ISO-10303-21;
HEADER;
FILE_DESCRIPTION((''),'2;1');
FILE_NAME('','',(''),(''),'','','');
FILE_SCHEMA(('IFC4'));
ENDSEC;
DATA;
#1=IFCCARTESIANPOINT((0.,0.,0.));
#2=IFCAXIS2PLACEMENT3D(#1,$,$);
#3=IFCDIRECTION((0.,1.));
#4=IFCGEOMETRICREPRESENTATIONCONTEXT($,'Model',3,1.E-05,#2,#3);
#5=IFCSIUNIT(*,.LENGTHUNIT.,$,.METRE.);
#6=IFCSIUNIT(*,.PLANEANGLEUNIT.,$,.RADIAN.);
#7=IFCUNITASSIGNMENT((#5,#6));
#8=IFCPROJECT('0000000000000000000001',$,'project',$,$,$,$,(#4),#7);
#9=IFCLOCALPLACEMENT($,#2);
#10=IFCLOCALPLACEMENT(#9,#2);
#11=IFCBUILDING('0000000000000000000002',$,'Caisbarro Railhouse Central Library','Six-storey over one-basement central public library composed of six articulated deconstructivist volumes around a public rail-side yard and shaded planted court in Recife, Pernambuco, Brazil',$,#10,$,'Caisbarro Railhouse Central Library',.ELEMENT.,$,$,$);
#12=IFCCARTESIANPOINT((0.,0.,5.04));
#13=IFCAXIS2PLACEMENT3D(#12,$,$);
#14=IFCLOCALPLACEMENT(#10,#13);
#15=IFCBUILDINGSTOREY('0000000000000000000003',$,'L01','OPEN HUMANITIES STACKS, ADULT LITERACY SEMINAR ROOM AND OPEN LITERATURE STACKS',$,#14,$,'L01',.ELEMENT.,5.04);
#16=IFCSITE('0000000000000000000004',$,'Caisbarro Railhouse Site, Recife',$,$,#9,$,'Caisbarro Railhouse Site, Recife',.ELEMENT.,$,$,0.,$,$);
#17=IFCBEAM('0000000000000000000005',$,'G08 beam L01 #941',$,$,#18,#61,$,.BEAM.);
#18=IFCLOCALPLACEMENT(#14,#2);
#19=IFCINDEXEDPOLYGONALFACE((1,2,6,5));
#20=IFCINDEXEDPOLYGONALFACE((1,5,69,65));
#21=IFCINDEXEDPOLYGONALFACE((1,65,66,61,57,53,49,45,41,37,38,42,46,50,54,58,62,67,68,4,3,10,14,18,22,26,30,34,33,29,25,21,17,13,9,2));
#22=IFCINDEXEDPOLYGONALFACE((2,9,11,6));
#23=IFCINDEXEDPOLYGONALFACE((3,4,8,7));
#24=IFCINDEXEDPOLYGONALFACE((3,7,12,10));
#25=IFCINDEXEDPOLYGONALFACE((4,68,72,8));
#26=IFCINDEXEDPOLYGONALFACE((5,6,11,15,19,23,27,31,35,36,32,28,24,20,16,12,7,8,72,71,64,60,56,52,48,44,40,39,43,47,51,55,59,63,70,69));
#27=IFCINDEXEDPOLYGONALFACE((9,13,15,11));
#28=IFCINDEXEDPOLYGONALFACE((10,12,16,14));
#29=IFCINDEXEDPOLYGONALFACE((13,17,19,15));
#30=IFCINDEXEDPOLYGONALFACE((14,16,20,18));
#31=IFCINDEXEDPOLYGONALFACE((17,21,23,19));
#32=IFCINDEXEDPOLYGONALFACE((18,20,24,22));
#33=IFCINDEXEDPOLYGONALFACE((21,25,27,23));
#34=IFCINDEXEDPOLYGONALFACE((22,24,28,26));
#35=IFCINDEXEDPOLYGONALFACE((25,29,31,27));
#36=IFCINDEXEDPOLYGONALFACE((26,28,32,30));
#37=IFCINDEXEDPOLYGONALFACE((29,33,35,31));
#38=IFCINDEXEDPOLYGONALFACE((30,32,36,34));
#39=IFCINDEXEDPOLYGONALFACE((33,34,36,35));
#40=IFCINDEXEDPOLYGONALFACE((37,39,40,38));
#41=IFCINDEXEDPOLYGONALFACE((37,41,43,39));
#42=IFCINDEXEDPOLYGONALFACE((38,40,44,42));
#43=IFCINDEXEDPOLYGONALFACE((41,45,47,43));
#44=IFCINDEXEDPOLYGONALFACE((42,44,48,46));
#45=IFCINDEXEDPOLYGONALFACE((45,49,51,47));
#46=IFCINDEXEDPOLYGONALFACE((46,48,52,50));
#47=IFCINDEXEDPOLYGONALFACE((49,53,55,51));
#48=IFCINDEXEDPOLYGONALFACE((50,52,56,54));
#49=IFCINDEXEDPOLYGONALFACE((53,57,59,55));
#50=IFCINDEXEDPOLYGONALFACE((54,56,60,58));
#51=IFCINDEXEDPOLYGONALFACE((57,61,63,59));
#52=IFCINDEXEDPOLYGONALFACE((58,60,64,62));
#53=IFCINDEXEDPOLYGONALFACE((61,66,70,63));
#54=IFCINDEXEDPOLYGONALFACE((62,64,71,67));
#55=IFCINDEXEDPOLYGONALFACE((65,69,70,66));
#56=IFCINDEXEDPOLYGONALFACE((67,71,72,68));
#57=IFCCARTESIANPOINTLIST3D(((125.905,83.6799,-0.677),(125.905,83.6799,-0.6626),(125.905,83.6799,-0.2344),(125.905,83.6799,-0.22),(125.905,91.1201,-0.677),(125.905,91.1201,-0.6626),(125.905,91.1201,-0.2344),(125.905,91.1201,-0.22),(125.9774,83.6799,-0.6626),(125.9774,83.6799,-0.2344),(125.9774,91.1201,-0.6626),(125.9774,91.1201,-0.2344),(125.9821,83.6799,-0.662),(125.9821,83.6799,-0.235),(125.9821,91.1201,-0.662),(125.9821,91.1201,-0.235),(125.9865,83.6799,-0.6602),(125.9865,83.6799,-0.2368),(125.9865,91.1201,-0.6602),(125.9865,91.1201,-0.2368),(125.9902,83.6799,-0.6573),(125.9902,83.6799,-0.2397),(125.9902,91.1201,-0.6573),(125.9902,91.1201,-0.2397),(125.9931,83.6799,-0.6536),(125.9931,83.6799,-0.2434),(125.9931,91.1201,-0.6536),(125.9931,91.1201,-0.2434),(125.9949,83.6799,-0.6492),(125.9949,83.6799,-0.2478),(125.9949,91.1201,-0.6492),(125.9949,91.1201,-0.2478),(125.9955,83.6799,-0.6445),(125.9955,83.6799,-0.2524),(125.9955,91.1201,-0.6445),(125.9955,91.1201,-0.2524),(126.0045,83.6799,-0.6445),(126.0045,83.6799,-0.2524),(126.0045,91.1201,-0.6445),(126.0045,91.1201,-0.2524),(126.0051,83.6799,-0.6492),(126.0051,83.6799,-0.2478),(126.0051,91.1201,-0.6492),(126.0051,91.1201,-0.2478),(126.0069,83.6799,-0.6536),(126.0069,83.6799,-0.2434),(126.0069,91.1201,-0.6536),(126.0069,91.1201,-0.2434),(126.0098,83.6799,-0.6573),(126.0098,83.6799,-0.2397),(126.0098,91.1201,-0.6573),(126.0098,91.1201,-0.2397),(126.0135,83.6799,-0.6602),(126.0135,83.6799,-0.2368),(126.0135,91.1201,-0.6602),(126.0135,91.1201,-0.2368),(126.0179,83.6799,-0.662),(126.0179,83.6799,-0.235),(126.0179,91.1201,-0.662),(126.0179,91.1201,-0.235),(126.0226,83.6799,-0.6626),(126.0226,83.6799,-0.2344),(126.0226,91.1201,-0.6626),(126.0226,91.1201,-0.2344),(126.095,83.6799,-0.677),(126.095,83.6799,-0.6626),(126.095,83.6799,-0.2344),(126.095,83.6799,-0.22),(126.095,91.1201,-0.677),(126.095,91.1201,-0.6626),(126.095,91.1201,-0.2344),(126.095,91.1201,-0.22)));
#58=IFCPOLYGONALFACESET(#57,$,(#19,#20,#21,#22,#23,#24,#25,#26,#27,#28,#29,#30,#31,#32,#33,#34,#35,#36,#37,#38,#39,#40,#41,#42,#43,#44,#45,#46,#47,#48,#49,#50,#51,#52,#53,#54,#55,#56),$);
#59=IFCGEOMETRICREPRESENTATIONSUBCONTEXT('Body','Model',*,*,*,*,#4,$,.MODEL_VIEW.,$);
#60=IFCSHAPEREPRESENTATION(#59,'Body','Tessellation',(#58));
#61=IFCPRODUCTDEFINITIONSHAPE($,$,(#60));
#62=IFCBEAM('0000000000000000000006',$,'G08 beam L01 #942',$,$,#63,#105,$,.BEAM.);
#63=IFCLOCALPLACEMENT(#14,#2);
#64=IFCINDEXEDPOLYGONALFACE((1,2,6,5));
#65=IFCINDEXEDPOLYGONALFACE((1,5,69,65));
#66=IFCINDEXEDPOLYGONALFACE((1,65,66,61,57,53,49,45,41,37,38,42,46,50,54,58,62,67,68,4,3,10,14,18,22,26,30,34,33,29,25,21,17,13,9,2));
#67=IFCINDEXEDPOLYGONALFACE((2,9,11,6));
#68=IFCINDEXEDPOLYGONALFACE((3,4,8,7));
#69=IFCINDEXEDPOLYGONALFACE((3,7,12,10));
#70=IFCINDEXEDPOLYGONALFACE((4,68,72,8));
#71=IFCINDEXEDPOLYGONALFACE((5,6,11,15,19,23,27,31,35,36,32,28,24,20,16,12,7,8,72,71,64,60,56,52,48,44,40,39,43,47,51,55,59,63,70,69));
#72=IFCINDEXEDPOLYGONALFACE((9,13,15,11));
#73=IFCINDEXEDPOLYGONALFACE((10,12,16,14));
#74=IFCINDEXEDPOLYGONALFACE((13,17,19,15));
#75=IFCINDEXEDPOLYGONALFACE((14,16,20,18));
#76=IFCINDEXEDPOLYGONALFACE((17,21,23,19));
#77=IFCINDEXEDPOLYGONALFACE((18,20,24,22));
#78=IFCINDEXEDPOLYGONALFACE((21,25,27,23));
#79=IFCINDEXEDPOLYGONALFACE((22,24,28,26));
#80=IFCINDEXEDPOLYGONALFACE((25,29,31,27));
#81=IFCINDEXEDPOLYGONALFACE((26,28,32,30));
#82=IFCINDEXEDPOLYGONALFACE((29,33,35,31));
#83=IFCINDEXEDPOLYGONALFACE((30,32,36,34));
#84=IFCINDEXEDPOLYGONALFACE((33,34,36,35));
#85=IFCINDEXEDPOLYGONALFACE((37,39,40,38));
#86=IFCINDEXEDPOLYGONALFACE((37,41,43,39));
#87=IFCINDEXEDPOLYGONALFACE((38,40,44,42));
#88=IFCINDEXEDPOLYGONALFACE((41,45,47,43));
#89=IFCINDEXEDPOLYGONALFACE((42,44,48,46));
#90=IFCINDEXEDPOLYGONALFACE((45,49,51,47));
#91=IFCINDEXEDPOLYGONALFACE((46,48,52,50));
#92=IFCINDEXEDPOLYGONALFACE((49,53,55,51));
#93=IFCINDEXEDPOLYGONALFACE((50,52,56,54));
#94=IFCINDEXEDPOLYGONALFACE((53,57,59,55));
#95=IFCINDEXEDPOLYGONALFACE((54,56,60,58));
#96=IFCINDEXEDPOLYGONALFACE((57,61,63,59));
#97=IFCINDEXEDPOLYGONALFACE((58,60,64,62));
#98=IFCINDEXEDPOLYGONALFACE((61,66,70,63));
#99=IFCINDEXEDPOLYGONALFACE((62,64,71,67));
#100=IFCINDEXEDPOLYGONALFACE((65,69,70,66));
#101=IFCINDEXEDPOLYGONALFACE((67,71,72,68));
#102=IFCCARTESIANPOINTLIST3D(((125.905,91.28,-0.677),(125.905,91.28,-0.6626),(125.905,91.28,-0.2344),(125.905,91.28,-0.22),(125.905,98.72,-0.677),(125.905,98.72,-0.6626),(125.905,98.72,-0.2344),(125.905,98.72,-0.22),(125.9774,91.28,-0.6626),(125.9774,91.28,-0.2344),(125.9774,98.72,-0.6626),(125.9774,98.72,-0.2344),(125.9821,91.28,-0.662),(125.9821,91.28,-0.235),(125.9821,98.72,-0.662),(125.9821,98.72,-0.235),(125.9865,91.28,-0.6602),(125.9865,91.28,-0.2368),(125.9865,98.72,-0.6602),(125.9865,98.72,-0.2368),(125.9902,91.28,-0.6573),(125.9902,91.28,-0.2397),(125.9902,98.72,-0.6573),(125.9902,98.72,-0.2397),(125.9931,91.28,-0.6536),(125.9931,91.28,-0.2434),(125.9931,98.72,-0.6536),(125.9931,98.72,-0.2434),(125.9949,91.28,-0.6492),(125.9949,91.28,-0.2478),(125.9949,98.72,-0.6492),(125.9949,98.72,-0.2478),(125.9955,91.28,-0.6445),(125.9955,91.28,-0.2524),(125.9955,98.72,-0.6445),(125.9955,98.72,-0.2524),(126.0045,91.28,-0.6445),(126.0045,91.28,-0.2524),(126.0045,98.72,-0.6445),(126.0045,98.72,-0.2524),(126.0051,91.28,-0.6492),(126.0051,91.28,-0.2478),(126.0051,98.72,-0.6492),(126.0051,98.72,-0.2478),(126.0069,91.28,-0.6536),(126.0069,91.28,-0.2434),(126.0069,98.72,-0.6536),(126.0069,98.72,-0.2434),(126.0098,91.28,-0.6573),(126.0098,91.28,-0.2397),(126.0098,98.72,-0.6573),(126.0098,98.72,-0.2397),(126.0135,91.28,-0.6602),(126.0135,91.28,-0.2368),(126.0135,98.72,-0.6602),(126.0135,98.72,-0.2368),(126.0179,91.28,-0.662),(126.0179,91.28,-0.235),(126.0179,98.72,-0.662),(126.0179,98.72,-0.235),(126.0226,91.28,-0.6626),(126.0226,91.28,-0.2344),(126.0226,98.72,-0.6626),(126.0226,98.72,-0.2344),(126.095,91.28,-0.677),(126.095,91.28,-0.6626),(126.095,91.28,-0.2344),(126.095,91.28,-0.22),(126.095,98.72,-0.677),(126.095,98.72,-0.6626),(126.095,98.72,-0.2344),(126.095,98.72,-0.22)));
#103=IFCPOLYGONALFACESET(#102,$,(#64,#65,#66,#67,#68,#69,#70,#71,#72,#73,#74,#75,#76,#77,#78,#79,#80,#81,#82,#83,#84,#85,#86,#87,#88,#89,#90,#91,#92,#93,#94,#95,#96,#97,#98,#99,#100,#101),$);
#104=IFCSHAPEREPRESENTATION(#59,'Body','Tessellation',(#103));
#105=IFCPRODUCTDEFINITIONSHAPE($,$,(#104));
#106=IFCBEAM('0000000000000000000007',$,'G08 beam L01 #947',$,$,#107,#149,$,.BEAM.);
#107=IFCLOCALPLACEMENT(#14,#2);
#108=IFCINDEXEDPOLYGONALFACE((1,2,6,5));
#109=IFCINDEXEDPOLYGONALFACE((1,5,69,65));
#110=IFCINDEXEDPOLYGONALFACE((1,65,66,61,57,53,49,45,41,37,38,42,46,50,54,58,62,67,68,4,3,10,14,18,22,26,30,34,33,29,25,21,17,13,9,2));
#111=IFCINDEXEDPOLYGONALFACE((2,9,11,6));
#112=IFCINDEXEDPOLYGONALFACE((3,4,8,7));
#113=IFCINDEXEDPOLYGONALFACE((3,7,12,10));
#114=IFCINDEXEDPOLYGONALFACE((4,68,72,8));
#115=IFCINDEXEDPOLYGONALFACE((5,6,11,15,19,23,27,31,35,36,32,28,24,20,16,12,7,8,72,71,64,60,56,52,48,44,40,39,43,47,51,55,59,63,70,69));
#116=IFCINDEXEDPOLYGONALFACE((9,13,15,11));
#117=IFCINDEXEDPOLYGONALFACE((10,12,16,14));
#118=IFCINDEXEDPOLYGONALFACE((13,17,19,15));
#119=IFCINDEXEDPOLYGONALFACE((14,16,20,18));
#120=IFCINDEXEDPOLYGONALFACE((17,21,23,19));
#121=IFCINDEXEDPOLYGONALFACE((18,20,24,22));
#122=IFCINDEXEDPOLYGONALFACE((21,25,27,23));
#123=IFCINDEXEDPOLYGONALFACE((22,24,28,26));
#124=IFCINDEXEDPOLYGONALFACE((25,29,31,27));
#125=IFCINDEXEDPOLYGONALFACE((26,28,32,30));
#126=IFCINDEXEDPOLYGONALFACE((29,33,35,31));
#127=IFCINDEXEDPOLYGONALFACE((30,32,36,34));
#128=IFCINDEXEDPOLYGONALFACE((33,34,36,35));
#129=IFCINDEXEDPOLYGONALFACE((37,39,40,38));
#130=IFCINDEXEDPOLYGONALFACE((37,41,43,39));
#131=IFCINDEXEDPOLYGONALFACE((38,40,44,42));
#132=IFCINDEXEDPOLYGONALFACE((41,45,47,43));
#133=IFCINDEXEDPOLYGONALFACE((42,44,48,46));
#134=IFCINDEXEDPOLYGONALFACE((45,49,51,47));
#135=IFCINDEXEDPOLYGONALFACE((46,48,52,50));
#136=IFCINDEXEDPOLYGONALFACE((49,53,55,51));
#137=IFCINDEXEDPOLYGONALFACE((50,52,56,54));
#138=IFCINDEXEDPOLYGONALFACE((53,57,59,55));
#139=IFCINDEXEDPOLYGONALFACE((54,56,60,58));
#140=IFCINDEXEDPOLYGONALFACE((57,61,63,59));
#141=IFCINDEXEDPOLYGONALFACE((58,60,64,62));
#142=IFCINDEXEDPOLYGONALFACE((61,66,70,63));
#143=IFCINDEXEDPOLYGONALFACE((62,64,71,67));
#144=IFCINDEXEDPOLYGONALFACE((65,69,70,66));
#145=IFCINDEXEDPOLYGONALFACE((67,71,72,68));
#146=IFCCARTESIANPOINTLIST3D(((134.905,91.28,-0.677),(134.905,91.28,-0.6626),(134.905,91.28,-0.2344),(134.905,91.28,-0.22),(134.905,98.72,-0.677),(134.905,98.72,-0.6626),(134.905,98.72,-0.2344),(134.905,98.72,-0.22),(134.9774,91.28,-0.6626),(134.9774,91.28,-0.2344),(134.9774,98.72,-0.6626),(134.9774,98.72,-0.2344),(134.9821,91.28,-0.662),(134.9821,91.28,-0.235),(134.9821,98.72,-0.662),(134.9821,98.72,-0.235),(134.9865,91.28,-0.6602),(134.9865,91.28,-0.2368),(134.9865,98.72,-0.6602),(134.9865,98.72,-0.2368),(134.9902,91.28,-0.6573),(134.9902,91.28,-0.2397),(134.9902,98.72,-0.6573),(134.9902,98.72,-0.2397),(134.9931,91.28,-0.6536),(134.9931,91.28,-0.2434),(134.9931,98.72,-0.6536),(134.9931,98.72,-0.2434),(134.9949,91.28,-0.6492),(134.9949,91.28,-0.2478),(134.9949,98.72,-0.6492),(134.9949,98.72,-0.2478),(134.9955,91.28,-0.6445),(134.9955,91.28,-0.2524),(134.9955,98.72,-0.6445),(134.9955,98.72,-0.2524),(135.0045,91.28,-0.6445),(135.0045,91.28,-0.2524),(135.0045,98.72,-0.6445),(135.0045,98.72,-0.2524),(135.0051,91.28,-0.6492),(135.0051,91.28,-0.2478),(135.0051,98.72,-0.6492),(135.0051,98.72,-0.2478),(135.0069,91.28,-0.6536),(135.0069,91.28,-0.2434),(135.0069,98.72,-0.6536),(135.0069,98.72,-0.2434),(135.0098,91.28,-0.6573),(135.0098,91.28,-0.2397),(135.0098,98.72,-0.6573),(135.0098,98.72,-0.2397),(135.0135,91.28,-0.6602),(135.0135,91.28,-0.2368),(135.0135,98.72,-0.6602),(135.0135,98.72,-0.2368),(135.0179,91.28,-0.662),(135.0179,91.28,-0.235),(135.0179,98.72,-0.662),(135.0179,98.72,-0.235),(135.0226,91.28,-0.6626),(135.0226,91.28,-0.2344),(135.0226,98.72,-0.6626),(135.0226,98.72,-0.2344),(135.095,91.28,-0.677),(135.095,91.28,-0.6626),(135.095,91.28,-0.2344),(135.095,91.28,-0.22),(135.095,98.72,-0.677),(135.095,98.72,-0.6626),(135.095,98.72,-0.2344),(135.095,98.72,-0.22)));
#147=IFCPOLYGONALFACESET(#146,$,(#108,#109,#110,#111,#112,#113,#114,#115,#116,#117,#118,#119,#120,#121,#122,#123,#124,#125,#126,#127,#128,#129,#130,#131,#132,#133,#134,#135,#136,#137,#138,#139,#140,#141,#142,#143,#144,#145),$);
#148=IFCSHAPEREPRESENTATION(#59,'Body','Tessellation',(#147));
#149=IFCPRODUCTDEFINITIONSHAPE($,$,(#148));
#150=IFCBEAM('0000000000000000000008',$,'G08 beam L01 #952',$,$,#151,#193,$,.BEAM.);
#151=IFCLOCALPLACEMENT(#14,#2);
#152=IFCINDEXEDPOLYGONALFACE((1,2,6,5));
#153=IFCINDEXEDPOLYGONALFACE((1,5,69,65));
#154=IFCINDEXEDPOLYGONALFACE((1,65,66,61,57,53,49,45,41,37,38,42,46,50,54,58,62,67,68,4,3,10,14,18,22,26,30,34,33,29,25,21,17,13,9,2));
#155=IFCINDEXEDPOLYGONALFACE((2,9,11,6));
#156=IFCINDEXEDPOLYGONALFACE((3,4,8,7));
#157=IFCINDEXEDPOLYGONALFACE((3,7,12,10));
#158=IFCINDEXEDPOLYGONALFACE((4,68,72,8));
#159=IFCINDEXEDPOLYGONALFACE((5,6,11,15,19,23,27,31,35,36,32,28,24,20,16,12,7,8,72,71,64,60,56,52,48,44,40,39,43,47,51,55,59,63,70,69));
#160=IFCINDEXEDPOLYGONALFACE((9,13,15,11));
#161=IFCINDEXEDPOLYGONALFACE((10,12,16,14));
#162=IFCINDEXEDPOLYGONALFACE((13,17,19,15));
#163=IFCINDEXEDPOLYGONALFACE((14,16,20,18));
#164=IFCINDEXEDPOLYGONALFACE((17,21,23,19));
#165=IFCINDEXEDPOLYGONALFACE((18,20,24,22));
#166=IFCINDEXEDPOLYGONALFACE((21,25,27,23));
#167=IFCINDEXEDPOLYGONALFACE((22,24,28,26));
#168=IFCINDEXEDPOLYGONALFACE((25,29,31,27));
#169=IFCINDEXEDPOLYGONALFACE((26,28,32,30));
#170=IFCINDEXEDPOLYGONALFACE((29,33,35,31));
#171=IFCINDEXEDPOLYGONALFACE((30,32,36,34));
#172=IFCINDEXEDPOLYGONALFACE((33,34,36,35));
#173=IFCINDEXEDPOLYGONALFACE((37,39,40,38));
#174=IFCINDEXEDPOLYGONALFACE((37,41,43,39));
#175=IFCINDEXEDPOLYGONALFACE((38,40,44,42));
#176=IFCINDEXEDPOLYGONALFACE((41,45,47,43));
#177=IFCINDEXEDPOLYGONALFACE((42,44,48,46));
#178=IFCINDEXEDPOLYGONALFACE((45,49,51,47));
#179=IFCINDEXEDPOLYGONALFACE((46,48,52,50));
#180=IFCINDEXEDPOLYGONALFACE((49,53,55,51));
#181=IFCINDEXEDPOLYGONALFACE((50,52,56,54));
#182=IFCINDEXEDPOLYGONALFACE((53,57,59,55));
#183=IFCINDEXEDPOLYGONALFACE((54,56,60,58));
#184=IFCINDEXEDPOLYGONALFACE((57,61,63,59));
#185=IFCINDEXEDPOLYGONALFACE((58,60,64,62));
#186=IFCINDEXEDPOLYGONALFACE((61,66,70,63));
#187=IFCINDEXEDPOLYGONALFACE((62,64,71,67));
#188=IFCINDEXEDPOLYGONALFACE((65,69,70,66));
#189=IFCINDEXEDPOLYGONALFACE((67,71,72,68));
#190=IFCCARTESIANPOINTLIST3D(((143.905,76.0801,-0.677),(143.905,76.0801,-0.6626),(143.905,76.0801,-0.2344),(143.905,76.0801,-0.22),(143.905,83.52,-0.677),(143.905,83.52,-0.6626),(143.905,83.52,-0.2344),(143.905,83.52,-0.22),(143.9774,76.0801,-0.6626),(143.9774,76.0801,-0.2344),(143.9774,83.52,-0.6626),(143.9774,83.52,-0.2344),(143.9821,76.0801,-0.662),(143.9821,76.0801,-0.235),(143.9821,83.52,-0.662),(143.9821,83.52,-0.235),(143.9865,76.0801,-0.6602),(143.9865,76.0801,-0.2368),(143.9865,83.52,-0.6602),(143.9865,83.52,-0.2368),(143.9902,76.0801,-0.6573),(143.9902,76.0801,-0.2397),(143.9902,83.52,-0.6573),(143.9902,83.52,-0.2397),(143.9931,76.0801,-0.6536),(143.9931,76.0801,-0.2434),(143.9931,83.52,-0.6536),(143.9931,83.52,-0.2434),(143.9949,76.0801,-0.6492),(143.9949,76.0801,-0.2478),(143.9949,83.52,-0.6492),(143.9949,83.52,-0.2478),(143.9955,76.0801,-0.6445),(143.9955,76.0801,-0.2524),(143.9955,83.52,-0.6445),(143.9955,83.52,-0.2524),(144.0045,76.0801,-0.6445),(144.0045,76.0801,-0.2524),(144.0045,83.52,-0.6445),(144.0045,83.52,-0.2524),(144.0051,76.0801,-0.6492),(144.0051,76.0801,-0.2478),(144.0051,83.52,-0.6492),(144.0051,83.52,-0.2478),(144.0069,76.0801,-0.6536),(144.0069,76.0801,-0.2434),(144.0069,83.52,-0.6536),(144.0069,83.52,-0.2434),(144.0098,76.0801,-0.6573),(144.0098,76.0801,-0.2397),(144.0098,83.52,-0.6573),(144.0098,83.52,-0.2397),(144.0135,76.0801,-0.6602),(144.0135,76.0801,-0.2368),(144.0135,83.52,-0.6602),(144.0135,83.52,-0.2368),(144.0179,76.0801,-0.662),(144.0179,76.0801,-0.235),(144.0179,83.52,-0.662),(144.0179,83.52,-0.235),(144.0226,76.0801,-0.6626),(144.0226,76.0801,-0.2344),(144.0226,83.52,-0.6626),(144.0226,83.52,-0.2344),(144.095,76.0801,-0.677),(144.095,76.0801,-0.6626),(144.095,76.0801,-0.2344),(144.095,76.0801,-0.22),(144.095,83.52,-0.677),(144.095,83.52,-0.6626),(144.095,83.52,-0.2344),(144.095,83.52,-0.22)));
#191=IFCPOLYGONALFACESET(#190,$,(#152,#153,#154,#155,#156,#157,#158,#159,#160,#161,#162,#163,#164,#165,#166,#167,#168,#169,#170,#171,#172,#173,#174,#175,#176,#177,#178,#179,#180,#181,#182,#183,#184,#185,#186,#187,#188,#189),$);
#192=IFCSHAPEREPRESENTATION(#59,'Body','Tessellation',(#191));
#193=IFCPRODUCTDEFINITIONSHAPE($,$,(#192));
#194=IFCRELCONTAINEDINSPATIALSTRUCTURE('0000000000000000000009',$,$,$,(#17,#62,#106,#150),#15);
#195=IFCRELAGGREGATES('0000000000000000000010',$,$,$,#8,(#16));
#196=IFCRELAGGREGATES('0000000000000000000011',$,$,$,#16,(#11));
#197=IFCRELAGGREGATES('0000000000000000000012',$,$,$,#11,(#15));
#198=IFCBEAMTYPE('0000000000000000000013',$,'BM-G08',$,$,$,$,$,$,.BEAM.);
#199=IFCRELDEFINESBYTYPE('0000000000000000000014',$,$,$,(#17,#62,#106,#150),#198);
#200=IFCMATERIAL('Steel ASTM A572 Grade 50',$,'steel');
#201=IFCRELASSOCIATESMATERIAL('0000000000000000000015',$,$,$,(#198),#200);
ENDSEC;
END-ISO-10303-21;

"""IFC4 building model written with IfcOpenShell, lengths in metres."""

from ifc_helpers import new_model, si_unit, direction, frame, origin, origin_2d, place, context, subcontext, project, spatial, i_section, extrude, material, material_profile, profile_set, type_object, element, save


model = new_model("IFC4")

# Units and contexts
model_context = context("Model", 3, precision=1e-05, world=origin(), true_north=direction((0.0, 1.0)))
body_context = subcontext(model_context, "Body", "Model", "MODEL_VIEW")
ifc_project = project(units=[si_unit("LENGTHUNIT", "METRE"), si_unit("PLANEANGLEUNIT", "RADIAN")], contexts=[model_context])

# Site, building, storey
site_placement = place(None, origin())
site = spatial("IfcSite", under=ifc_project, at=site_placement, Name="Caisbarro Railhouse Site, Recife", LongName="Caisbarro Railhouse Site, Recife", CompositionType="ELEMENT", RefElevation=0.0)
building_placement = place(site_placement, origin())
building = spatial("IfcBuilding", under=site, at=building_placement, Name="Caisbarro Railhouse Central Library", Description="Six-storey over one-basement central public library composed of six articulated deconstructivist volumes around a public rail-side yard and shaded planted court in Recife, Pernambuco, Brazil", LongName="Caisbarro Railhouse Central Library", CompositionType="ELEMENT")
storey_placement = place(building_placement, frame((0.0, 0.0, 5.04)))
storey = spatial("IfcBuildingStorey", under=building, at=storey_placement, Name="L01", Description="OPEN HUMANITIES STACKS, ADULT LITERACY SEMINAR ROOM AND OPEN LITERATURE STACKS", LongName="L01", CompositionType="ELEMENT", Elevation=5.04)

# Shared definitions
ifc_material_1 = material(Name="Steel ASTM A572 Grade 50", Category="steel")

# Beams
ifc_material_profile_1 = material_profile(ifc_material_1, i_section(OverallWidth=0.1899, OverallDepth=0.457, WebThickness=0.009, FlangeThickness=0.0144, FilletRadius=0.0181, at=origin_2d()), Name="W460X74.0")
ifc_profile_set_1 = profile_set([ifc_material_profile_1], Name="Steel ASTM A572 Grade 50")
beam_type_1 = type_object("IfcBeamType", Name="BM-G08", PredefinedType="BEAM", material=ifc_profile_set_1)
beam_1_placement = place(storey_placement, frame((126.0, 83.6799, -0.4485), z_axis=(0.0, 1.0, 0.0), x_axis=(-1.0, 0.0, 0.0)))
element("IfcBeam", 1, at=beam_1_placement, inside=storey, type_object=beam_type_1, Name="G08 beam L01 #941", PredefinedType="BEAM", context=body_context, shape_type="SweptSolid", body=[
    extrude(i_section(OverallWidth=0.1899, OverallDepth=0.457, WebThickness=0.009, FlangeThickness=0.0144, FilletRadius=0.0181, at=origin_2d()), origin(), (0.0, 0.0, 1.0), 7.4402),
])
for number, where, z_axis, x_axis, name in (
    (2, (126.0, 91.28, -0.4485), (0.0, 1.0, 0.0), (-1.0, 0.0, 0.0), "G08 beam L01 #942"),
    (3, (135.0, 91.28, -0.4485), (0.0, 1.0, 0.0), (-1.0, 0.0, 0.0), "G08 beam L01 #947"),
    (4, (144.0, 76.0801, -0.4485), (0.0, 1.0, 0.0), (-1.0, 0.0, 0.0), "G08 beam L01 #952"),
):
    element("IfcBeam", number, at=place(storey_placement, frame(where, z_axis=z_axis, x_axis=x_axis)), inside=storey, type_object=beam_type_1, Name=name, PredefinedType="BEAM", context=body_context, shape_type="SweptSolid", body=[
        extrude(i_section(OverallWidth=0.1899, OverallDepth=0.457, WebThickness=0.009, FlangeThickness=0.0144, FilletRadius=0.0181, at=origin_2d()), origin(), (0.0, 0.0, 1.0), 7.4399),
    ])

save(model, "model.ifc")
